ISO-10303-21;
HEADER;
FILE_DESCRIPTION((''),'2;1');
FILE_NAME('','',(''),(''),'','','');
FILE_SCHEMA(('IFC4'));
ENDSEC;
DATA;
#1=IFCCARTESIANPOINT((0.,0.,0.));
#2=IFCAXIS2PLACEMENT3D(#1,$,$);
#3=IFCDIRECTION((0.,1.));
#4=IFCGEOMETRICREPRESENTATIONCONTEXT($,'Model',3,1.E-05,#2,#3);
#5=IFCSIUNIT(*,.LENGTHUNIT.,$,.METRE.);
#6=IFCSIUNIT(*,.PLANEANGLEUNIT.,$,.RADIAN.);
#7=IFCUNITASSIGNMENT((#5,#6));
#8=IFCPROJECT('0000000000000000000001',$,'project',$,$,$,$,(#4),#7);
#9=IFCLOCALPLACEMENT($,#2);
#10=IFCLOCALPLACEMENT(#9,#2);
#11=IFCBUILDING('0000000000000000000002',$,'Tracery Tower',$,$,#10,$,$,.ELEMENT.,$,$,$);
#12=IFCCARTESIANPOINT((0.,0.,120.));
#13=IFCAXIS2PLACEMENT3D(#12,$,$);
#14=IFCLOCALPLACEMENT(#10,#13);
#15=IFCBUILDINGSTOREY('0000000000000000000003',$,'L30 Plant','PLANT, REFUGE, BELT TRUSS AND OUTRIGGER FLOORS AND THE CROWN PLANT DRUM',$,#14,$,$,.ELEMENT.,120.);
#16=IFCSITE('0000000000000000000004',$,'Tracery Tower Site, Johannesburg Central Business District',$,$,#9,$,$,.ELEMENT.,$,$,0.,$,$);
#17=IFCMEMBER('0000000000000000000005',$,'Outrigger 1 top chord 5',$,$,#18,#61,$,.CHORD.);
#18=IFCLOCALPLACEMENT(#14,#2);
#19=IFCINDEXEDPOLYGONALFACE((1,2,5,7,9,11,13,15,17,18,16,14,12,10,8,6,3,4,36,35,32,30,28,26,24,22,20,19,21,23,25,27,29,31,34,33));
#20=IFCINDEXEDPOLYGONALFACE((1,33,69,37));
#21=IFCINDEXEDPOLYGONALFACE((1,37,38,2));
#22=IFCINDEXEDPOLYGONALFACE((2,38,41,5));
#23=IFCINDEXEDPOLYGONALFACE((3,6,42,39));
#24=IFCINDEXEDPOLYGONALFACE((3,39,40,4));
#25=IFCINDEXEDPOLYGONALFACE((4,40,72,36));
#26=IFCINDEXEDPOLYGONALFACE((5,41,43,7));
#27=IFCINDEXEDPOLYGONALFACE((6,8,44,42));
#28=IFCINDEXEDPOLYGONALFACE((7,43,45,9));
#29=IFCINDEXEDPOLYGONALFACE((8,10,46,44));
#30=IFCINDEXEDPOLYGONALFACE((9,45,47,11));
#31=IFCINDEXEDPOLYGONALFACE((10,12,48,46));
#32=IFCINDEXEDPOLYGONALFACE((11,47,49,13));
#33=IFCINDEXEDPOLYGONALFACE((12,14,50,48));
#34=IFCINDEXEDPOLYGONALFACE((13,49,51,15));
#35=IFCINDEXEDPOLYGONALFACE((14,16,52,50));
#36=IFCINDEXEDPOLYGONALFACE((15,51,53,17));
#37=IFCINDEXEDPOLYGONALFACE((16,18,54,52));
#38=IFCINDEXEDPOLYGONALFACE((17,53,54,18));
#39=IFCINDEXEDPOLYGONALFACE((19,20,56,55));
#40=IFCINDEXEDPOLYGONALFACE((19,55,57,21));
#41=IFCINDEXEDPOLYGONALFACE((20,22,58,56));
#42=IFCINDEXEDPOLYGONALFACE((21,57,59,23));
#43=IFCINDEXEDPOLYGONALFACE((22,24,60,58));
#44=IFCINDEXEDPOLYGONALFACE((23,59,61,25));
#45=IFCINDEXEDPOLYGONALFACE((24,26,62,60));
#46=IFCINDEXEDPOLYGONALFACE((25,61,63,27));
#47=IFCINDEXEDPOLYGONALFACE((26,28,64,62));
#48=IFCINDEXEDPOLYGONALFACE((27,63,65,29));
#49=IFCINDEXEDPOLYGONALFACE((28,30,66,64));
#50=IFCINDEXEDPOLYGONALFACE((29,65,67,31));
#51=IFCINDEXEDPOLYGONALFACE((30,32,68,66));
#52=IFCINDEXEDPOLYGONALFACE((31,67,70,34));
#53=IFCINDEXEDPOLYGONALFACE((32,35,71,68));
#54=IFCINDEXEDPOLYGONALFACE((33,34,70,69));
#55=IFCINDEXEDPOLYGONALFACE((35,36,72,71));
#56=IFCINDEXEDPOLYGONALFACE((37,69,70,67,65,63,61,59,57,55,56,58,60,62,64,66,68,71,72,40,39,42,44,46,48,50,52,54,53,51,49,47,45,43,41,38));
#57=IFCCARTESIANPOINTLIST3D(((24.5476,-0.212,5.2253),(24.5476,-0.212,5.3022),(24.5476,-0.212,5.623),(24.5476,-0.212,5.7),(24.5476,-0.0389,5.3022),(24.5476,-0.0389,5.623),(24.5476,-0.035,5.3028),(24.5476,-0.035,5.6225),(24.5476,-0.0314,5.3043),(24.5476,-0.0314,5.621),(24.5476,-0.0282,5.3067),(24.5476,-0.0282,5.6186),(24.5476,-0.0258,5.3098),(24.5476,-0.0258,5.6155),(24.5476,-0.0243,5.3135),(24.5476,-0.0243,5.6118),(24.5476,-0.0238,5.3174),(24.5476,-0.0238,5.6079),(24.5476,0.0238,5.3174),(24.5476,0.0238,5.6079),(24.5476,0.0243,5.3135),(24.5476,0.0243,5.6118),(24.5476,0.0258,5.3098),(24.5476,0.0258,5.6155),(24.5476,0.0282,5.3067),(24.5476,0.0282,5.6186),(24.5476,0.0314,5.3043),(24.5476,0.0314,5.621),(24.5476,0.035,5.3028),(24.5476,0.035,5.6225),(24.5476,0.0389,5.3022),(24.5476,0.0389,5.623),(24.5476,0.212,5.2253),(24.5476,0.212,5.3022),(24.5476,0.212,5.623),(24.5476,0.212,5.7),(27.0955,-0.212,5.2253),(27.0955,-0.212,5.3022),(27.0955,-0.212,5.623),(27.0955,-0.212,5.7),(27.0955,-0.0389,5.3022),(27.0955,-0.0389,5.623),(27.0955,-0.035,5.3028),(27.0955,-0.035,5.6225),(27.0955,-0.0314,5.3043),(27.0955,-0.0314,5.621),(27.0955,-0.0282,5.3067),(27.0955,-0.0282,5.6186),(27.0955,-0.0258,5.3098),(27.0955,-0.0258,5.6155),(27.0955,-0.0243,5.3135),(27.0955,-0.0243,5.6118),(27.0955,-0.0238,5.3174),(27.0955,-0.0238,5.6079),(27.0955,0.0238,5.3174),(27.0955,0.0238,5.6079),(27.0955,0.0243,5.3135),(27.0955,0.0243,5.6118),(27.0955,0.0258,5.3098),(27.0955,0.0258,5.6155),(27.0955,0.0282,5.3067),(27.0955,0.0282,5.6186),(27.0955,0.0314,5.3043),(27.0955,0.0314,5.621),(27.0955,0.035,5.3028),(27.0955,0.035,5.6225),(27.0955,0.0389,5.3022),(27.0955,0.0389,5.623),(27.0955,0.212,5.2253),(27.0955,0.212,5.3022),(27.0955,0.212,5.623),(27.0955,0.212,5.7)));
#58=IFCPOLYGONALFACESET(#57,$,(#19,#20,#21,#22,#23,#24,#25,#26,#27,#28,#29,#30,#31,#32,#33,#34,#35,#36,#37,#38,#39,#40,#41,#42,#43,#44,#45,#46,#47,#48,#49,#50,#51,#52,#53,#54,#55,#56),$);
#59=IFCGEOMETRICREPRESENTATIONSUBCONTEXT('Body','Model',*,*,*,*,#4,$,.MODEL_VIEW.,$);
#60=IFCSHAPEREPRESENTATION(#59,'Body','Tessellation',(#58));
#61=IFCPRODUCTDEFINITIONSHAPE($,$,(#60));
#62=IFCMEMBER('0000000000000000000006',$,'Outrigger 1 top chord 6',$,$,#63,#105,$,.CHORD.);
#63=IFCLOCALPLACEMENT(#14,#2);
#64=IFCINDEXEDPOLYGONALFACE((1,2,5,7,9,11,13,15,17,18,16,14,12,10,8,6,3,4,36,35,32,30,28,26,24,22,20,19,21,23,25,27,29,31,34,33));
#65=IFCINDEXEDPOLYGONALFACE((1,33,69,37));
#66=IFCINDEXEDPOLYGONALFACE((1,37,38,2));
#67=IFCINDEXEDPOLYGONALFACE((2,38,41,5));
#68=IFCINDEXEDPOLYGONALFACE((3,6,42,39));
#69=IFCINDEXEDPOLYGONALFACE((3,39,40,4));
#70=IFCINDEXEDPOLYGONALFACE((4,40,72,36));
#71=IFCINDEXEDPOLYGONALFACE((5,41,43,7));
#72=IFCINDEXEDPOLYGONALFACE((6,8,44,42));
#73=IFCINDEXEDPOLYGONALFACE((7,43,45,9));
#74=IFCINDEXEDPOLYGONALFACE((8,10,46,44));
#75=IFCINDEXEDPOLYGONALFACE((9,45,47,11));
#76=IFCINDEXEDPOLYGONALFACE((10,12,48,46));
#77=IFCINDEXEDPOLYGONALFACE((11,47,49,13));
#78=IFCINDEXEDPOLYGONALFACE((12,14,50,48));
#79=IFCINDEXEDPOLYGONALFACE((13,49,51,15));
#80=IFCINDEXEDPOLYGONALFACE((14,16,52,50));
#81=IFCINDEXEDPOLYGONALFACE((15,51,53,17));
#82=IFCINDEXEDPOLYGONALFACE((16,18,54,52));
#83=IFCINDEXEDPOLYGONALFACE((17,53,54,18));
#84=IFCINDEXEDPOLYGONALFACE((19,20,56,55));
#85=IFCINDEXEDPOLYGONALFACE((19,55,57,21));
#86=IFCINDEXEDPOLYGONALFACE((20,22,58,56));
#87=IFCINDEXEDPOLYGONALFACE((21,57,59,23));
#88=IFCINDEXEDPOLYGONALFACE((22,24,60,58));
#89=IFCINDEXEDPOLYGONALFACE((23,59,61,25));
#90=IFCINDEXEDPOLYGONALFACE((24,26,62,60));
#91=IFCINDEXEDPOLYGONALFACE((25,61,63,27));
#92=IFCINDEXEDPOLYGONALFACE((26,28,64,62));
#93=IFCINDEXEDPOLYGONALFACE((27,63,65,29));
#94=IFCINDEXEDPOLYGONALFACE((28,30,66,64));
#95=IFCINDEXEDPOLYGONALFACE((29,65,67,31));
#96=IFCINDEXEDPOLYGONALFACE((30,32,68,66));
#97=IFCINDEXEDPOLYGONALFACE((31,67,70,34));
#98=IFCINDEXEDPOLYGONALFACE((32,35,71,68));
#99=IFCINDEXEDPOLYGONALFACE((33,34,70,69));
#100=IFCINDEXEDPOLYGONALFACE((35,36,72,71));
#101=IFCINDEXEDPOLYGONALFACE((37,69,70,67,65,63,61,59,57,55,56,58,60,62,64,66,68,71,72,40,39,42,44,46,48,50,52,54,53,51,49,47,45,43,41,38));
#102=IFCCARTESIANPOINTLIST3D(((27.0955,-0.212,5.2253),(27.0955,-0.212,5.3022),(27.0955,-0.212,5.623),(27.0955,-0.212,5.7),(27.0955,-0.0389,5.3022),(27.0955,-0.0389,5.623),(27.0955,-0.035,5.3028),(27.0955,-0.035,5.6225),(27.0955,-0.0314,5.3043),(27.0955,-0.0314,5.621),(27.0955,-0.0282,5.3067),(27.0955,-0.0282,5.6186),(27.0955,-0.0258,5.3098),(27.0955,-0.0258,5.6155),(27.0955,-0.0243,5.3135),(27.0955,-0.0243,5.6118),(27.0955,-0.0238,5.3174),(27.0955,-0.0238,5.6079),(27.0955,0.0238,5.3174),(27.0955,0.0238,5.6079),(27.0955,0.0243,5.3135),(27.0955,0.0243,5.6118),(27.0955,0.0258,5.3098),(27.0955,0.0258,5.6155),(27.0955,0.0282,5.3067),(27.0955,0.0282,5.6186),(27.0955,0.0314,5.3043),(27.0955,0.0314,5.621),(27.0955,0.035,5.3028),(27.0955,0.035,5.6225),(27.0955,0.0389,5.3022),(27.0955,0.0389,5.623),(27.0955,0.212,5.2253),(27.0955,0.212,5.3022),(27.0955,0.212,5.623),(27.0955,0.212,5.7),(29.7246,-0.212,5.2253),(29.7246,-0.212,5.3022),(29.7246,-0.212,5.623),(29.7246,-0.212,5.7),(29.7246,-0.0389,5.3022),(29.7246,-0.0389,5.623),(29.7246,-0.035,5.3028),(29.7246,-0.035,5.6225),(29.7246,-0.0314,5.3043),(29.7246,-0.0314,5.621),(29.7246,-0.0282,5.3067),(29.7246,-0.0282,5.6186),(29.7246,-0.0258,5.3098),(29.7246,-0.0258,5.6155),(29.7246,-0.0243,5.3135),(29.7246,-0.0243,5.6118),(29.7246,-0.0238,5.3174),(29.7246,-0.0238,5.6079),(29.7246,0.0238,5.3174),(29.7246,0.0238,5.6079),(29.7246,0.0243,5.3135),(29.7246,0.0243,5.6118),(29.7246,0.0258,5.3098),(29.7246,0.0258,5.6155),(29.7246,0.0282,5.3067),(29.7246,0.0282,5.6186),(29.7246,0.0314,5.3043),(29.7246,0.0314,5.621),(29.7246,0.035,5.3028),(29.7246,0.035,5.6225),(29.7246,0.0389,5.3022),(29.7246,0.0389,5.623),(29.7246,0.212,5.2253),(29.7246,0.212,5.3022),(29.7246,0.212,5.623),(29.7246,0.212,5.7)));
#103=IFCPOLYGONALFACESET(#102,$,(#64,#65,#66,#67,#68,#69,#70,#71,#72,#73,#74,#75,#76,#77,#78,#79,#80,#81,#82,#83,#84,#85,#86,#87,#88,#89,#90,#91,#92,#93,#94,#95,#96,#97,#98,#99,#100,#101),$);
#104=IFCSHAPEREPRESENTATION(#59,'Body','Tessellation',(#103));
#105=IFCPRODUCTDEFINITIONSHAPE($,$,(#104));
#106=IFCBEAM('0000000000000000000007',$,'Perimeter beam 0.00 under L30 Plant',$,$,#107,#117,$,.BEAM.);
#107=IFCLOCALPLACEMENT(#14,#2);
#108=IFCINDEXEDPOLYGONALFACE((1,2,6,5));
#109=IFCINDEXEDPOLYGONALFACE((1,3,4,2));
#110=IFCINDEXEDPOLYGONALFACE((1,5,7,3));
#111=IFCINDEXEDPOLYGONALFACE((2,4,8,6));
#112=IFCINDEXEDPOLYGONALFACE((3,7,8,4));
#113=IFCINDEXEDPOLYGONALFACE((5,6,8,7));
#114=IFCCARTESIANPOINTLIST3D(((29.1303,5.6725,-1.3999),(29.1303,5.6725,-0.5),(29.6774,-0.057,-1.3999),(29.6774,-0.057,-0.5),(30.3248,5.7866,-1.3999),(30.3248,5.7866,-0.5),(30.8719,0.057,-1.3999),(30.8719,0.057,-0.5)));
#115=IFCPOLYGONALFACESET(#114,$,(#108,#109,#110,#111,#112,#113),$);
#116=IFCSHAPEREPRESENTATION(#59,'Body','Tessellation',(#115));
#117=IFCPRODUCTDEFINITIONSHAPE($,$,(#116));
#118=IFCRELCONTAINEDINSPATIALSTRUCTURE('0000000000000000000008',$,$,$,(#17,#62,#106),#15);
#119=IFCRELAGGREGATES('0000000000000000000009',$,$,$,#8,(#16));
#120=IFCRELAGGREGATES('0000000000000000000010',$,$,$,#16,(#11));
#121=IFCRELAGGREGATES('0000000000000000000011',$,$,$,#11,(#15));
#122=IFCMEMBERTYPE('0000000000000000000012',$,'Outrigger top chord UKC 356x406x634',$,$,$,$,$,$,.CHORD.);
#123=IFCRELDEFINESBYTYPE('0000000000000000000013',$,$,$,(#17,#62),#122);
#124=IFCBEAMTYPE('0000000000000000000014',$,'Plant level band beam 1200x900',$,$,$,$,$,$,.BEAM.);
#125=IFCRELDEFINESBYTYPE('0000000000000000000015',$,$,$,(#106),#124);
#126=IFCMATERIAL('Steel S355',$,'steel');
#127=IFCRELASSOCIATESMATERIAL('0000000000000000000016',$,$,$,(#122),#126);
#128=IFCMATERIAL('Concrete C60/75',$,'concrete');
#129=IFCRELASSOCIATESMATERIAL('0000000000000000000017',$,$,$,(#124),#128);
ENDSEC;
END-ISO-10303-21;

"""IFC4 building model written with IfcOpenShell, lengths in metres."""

from ifc_helpers import new_model, si_unit, direction, frame, origin, origin_2d, place, context, subcontext, project, spatial, rectangle, i_section, extrude, material, material_profile, profile_set, type_object, element, save


model = new_model("IFC4")

# Units and contexts
model_context = context("Model", 3, precision=1e-05, world=origin(), true_north=direction((0.0, 1.0)))
body_context = subcontext(model_context, "Body", "Model", "MODEL_VIEW")
ifc_project = project(units=[si_unit("LENGTHUNIT", "METRE"), si_unit("PLANEANGLEUNIT", "RADIAN")], contexts=[model_context])

# Site, building, storey
site_placement = place(None, origin())
site = spatial("IfcSite", under=ifc_project, at=site_placement, Name="Tracery Tower Site, Johannesburg Central Business District", CompositionType="ELEMENT", RefElevation=0.0)
building_placement = place(site_placement, origin())
building = spatial("IfcBuilding", under=site, at=building_placement, Name="Tracery Tower", CompositionType="ELEMENT")
storey_placement = place(building_placement, frame((0.0, 0.0, 120.0)))
storey = spatial("IfcBuildingStorey", under=building, at=storey_placement, Name="L30 Plant", Description="PLANT, REFUGE, BELT TRUSS AND OUTRIGGER FLOORS AND THE CROWN PLANT DRUM", CompositionType="ELEMENT", Elevation=120.0)

# Members
ifc_material_1 = material(Name="Steel S355", Category="steel")
ifc_material_profile_1 = material_profile(ifc_material_1, i_section(OverallWidth=0.4241, OverallDepth=0.4746, WebThickness=0.0476, FlangeThickness=0.0769, FilletRadius=0.0151, at=origin_2d()), Name="UKC 356x406x634")
ifc_profile_set_1 = profile_set([ifc_material_profile_1], Name="Steel S355")
member_type_1 = type_object("IfcMemberType", Name="Outrigger top chord UKC 356x406x634", PredefinedType="CHORD", material=ifc_profile_set_1)
member_1_placement = place(storey_placement, frame((24.5476, 0.0, 5.4626), z_axis=(1.0, 0.0, 0.0), x_axis=(0.0, 1.0, 0.0)))
element("IfcMember", 1, at=member_1_placement, inside=storey, type_object=member_type_1, Name="Outrigger 1 top chord 5", PredefinedType="CHORD", context=body_context, shape_type="SweptSolid", body=[
    extrude(i_section(OverallWidth=0.4241, OverallDepth=0.4746, WebThickness=0.0476, FlangeThickness=0.0769, FilletRadius=0.0151, at=origin_2d()), origin(), (0.0, 0.0, 1.0), 2.5479),
])
member_2_placement = place(storey_placement, frame((27.0955, 0.0, 5.4626), z_axis=(1.0, 0.0, 0.0), x_axis=(0.0, 1.0, 0.0)))
element("IfcMember", 2, at=member_2_placement, inside=storey, type_object=member_type_1, Name="Outrigger 1 top chord 6", PredefinedType="CHORD", context=body_context, shape_type="SweptSolid", body=[
    extrude(i_section(OverallWidth=0.4241, OverallDepth=0.4746, WebThickness=0.0476, FlangeThickness=0.0769, FilletRadius=0.0151, at=origin_2d()), origin(), (0.0, 0.0, 1.0), 2.6292),
])

# Beam
ifc_material_2 = material(Name="Concrete C60/75", Category="concrete")
ifc_material_profile_2 = material_profile(ifc_material_2, rectangle(XDim=1.2, YDim=0.8999, at=origin_2d()), Name="RC 1200x900")
ifc_profile_set_2 = profile_set([ifc_material_profile_2], Name="Concrete C60/75")
beam_type = type_object("IfcBeamType", Name="Plant level band beam 1200x900", PredefinedType="BEAM", material=ifc_profile_set_2)
beam_placement = place(storey_placement, frame((30.2747, 0.0, -0.95), z_axis=(-0.095059, 0.995472, 0.0), x_axis=(-0.995472, -0.095059, 0.0)))
element("IfcBeam", 3, at=beam_placement, inside=storey, type_object=beam_type, Name="Perimeter beam 0.00 under L30 Plant", PredefinedType="BEAM", context=body_context, shape_type="SweptSolid", body=[
    extrude(rectangle(XDim=1.2, YDim=0.8999, at=origin_2d()), origin(), (0.0, 0.0, 1.0), 5.7556),
])

save(model, "model.ifc")
